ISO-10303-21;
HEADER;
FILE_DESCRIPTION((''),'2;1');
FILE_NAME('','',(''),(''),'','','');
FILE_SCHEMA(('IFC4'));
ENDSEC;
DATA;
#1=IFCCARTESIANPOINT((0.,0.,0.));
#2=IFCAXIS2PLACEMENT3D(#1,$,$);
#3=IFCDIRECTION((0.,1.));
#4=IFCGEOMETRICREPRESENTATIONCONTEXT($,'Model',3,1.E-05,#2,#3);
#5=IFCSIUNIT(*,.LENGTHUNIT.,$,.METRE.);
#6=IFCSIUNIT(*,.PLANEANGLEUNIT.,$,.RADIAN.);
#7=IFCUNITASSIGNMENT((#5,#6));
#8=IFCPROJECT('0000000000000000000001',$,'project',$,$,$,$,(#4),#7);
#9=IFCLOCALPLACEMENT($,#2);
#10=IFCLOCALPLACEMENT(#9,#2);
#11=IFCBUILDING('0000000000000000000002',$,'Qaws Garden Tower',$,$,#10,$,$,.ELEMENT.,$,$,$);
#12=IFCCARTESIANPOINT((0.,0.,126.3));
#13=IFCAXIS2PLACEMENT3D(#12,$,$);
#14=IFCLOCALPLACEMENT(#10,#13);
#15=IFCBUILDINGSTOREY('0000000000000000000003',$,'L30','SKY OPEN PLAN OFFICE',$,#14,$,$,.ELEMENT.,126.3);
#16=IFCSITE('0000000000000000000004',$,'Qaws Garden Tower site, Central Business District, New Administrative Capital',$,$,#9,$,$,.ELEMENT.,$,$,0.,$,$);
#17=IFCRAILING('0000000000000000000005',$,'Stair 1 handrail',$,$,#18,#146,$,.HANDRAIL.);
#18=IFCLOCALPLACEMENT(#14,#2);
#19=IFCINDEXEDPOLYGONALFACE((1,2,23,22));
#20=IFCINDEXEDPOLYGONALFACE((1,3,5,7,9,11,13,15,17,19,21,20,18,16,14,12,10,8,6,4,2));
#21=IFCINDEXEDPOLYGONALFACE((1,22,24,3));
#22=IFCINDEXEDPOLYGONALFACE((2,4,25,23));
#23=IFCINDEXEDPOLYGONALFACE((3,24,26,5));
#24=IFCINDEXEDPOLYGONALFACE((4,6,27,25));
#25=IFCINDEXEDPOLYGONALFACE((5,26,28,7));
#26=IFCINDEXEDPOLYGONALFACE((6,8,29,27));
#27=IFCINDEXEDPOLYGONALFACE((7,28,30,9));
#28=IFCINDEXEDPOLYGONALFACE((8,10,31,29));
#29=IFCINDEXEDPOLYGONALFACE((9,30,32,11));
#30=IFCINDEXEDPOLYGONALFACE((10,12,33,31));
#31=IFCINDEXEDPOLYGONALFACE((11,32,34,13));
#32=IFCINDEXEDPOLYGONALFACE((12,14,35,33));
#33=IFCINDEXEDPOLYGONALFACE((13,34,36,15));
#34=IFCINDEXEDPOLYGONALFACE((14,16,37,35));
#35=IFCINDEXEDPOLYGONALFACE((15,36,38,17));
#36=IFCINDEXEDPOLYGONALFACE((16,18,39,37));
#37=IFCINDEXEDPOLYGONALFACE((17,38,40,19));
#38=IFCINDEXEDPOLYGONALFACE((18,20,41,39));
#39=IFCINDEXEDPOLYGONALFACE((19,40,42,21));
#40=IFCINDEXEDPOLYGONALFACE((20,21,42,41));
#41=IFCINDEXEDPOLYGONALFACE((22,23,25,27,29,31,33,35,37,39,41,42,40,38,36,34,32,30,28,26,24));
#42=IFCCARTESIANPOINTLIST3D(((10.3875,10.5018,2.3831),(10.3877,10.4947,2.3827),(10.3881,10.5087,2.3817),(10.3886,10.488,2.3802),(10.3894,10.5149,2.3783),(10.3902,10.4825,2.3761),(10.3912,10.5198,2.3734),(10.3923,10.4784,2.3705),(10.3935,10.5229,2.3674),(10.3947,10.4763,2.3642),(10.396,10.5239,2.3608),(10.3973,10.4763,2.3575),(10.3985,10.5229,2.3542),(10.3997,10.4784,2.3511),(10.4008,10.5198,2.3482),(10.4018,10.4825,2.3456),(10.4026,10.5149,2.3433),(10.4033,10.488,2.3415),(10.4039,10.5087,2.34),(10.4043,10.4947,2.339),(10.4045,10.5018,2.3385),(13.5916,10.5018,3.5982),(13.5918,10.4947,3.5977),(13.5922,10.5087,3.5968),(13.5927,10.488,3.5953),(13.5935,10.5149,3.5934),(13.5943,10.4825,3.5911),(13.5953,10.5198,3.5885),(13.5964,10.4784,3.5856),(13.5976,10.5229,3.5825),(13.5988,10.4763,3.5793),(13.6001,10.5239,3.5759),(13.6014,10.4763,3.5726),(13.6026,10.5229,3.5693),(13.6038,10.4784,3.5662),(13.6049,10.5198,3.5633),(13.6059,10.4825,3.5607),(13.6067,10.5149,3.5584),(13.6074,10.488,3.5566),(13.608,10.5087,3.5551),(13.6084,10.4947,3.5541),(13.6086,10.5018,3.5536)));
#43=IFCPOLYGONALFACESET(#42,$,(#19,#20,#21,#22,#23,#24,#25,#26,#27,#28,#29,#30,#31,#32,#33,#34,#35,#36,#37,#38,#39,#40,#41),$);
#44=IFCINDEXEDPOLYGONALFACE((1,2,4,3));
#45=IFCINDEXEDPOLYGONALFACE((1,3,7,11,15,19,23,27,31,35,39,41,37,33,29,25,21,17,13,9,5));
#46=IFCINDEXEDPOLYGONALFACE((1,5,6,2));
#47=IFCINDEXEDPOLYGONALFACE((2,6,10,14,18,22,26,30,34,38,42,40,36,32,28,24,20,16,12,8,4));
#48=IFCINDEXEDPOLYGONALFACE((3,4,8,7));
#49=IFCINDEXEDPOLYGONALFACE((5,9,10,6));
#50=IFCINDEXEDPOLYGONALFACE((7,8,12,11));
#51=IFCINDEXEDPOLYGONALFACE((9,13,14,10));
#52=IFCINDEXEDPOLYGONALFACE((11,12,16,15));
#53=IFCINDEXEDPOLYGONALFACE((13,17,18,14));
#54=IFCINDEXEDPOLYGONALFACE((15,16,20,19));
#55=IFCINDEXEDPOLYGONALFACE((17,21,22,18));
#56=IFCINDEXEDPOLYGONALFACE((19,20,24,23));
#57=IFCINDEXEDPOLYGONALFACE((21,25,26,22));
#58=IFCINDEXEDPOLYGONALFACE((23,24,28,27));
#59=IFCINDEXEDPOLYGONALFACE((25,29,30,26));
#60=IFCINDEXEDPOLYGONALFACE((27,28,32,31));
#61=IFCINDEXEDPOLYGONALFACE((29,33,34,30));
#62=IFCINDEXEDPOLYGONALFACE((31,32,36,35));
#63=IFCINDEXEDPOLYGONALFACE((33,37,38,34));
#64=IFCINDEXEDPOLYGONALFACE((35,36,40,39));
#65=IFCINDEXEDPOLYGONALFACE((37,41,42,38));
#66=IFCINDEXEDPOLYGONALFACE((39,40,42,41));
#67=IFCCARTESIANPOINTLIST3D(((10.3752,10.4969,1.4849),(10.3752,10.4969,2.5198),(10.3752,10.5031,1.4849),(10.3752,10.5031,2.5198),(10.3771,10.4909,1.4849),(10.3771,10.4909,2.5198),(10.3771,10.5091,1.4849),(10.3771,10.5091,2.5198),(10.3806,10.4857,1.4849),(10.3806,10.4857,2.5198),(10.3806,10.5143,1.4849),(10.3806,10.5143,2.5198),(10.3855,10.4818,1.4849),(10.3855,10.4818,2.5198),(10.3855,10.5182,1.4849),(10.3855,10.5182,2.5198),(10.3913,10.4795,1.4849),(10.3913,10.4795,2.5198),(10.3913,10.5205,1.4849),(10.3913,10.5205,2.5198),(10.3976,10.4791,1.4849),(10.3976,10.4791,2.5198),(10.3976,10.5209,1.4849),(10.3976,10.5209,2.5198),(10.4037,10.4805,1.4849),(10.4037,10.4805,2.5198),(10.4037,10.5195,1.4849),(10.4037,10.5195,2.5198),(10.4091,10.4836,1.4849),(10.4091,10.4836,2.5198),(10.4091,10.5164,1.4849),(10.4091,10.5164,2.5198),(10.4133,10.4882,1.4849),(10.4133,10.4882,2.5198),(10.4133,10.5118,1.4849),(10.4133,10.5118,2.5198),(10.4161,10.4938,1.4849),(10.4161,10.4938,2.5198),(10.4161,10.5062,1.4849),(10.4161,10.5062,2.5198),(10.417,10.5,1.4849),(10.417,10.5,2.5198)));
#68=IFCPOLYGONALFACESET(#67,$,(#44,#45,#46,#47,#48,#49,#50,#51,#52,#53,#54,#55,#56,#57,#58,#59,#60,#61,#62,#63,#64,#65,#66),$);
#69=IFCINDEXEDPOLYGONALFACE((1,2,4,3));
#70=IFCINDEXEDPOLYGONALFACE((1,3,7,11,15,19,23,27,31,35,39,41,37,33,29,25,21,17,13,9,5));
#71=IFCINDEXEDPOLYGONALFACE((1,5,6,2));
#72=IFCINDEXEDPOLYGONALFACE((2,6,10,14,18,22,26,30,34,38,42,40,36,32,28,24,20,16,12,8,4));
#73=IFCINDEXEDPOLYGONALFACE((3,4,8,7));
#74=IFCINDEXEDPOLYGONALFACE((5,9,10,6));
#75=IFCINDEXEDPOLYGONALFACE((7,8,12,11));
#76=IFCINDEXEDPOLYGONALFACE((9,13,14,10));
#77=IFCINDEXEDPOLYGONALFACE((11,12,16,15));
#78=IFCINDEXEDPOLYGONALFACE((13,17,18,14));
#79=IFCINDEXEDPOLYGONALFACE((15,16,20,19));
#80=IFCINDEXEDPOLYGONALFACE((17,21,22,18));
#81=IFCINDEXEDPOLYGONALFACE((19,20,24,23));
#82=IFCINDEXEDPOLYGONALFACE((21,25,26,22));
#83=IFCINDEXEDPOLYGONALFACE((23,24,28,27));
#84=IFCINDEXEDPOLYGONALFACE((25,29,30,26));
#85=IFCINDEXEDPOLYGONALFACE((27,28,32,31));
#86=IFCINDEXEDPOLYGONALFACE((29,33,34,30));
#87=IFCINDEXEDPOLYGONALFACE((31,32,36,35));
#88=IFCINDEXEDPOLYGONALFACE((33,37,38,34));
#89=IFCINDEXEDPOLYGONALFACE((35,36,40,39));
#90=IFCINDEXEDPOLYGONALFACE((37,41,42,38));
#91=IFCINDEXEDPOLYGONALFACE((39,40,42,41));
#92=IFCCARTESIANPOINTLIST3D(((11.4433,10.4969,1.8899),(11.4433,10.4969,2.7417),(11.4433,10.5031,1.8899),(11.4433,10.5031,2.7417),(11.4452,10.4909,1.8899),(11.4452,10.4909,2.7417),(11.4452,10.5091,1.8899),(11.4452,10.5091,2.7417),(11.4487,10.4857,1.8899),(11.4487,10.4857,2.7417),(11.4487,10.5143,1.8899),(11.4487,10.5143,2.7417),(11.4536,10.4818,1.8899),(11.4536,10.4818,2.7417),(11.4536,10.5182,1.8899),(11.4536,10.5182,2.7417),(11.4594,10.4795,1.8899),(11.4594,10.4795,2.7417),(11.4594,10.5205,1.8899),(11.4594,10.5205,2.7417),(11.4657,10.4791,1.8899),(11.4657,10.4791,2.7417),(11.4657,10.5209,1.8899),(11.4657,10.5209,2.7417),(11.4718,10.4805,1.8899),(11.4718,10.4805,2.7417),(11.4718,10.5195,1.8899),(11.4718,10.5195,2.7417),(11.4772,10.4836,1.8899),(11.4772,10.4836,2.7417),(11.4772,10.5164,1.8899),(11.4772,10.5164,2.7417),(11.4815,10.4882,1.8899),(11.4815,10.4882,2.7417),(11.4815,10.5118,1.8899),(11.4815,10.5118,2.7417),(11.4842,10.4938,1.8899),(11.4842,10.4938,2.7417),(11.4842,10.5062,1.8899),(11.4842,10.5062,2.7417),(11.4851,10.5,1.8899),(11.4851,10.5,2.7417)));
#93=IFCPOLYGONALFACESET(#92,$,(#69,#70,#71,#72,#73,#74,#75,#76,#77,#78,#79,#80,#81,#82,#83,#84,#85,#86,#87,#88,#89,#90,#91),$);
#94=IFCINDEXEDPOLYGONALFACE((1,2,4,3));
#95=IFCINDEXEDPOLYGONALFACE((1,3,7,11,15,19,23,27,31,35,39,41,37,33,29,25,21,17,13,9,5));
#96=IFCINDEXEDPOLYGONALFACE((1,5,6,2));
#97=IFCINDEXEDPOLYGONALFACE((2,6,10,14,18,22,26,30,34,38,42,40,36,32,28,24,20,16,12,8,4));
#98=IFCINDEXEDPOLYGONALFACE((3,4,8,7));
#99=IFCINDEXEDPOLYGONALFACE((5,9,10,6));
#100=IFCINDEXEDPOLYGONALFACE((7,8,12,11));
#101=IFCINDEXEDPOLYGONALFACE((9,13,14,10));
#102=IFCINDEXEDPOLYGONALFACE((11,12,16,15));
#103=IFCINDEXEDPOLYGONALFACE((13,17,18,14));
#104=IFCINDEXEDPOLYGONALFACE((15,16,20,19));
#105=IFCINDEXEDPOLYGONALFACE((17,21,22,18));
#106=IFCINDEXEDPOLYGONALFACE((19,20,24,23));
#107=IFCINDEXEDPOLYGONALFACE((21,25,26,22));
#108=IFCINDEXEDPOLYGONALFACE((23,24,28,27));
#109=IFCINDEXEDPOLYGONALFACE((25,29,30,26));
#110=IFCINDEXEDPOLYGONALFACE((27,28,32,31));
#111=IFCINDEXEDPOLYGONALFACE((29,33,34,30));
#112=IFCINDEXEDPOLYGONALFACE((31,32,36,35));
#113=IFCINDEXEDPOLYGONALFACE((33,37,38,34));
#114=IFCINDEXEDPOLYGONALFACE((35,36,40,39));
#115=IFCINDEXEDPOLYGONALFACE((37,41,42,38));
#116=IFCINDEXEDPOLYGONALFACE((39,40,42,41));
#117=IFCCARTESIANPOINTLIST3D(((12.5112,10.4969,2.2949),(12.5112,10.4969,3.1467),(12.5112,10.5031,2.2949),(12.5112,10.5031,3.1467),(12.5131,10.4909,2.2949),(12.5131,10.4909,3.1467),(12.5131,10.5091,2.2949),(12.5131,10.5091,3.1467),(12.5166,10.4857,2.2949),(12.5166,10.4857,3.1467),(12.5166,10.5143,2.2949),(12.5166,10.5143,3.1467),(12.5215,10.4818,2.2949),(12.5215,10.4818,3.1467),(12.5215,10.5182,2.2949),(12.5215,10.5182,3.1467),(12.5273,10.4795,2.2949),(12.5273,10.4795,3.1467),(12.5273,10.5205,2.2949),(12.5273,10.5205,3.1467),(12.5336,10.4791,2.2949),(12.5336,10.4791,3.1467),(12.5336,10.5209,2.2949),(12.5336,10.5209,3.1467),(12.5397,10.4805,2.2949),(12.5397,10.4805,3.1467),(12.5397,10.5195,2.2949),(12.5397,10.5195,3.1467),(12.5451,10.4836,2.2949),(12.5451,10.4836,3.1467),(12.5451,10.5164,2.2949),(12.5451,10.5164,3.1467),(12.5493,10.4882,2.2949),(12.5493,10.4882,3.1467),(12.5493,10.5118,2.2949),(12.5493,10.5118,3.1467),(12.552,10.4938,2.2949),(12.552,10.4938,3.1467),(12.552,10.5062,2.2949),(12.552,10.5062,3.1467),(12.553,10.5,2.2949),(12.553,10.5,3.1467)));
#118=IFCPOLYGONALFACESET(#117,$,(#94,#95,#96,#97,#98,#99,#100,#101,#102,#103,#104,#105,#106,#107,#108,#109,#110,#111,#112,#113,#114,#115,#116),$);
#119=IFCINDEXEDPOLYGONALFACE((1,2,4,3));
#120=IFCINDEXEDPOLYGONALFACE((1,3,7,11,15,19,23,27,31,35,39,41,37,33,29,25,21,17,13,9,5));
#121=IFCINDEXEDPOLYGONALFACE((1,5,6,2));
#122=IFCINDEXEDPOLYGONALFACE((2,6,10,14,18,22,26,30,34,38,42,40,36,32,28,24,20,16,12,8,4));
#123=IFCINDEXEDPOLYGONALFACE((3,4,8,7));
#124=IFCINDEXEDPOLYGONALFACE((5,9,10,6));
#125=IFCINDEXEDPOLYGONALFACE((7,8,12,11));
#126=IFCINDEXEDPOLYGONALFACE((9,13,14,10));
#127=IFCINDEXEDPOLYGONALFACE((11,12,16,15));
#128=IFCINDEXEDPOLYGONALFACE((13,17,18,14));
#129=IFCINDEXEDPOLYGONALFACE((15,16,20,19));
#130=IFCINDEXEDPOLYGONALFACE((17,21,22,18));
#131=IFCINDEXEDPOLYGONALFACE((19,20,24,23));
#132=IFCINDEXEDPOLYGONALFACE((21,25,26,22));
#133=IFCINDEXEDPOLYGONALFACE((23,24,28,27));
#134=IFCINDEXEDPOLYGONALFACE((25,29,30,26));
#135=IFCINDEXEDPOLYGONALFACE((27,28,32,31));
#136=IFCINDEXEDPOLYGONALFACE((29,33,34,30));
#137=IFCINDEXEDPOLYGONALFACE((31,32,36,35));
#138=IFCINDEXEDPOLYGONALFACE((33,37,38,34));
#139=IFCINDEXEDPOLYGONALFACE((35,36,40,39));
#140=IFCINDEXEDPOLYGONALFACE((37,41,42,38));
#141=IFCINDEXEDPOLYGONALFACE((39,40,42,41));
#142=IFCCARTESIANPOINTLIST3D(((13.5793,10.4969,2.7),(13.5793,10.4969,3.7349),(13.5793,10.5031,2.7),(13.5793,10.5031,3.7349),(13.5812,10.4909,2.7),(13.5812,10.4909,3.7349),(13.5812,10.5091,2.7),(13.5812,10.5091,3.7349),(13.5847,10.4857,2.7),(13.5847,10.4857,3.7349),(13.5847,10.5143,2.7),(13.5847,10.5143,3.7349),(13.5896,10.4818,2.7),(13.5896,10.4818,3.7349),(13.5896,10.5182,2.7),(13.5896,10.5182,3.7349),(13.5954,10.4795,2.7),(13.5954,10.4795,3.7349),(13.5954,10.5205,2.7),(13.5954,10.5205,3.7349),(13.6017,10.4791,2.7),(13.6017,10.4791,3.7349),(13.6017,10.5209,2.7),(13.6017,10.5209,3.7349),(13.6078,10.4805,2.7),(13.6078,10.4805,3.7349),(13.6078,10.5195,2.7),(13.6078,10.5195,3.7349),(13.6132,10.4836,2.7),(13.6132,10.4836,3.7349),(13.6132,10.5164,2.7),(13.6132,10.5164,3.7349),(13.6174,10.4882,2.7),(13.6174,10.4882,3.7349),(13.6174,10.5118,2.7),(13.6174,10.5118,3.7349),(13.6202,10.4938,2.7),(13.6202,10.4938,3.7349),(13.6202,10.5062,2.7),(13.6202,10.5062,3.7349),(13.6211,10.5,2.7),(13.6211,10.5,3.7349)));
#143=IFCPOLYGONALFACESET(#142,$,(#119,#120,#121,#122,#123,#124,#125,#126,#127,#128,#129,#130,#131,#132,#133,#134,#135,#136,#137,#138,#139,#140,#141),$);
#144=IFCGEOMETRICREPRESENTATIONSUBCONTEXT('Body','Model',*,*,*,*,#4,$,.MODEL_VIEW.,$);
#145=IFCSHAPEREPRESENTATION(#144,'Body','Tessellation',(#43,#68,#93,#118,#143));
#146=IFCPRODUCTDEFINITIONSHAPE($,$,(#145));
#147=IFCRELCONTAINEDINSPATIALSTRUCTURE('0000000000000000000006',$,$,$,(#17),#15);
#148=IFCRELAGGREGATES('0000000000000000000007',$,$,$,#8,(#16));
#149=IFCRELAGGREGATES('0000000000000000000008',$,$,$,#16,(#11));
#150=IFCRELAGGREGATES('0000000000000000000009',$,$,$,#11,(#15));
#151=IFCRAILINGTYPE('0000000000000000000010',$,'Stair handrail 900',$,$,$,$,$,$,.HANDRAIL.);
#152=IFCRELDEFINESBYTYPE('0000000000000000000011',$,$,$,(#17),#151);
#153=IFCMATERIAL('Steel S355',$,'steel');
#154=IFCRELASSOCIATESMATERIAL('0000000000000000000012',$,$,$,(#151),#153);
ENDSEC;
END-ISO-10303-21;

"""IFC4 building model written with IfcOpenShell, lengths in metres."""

from ifc_helpers import new_model, si_unit, direction, frame, origin, origin_2d, place, context, subcontext, project, spatial, circle, extrude, material, type_object, element, save


model = new_model("IFC4")

# Units and contexts
model_context = context("Model", 3, precision=1e-05, world=origin(), true_north=direction((0.0, 1.0)))
body_context = subcontext(model_context, "Body", "Model", "MODEL_VIEW")
ifc_project = project(units=[si_unit("LENGTHUNIT", "METRE"), si_unit("PLANEANGLEUNIT", "RADIAN")], contexts=[model_context])

# Site, building, storey
site_placement = place(None, origin())
site = spatial("IfcSite", under=ifc_project, at=site_placement, Name="Qaws Garden Tower site, Central Business District, New Administrative Capital", CompositionType="ELEMENT", RefElevation=0.0)
building_placement = place(site_placement, origin())
building = spatial("IfcBuilding", under=site, at=building_placement, Name="Qaws Garden Tower", CompositionType="ELEMENT")
storey_placement = place(building_placement, frame((0.0, 0.0, 126.3)))
storey = spatial("IfcBuildingStorey", under=building, at=storey_placement, Name="L30", Description="SKY OPEN PLAN OFFICE", CompositionType="ELEMENT", Elevation=126.3)

# Railing
ifc_material_1 = material(Name="Steel S355", Category="steel")
railing_type = type_object("IfcRailingType", Name="Stair handrail 900", PredefinedType="HANDRAIL", material=ifc_material_1)
railing_1_placement = place(storey_placement, frame((10.396, 10.5, 1.4849)))
element("IfcRailing", 1, at=railing_1_placement, inside=storey, type_object=railing_type, Name="Stair 1 handrail", PredefinedType="HANDRAIL", context=body_context, shape_type="SweptSolid", body=[
    extrude(circle(Radius=0.0239, at=origin_2d()), frame((0.0, 0.0, 0.876), z_axis=(0.935023, 0.0, 0.354588), x_axis=(0.0, 1.0, 0.0)), (0.0, 0.0, 1.0), 3.4268),
    extrude(circle(Radius=0.021, at=origin_2d()), origin(), (0.0, 0.0, 1.0), 1.0349),
    extrude(circle(Radius=0.021, at=origin_2d()), frame((1.0681, 0.0, 0.405)), (0.0, 0.0, 1.0), 0.8518),
    extrude(circle(Radius=0.021, at=origin_2d()), frame((2.136, 0.0, 0.8101)), (0.0, 0.0, 1.0), 0.8518),
    extrude(circle(Radius=0.021, at=origin_2d()), frame((3.2041, 0.0, 1.2151)), (0.0, 0.0, 1.0), 1.0349),
])

save(model, "model.ifc")
